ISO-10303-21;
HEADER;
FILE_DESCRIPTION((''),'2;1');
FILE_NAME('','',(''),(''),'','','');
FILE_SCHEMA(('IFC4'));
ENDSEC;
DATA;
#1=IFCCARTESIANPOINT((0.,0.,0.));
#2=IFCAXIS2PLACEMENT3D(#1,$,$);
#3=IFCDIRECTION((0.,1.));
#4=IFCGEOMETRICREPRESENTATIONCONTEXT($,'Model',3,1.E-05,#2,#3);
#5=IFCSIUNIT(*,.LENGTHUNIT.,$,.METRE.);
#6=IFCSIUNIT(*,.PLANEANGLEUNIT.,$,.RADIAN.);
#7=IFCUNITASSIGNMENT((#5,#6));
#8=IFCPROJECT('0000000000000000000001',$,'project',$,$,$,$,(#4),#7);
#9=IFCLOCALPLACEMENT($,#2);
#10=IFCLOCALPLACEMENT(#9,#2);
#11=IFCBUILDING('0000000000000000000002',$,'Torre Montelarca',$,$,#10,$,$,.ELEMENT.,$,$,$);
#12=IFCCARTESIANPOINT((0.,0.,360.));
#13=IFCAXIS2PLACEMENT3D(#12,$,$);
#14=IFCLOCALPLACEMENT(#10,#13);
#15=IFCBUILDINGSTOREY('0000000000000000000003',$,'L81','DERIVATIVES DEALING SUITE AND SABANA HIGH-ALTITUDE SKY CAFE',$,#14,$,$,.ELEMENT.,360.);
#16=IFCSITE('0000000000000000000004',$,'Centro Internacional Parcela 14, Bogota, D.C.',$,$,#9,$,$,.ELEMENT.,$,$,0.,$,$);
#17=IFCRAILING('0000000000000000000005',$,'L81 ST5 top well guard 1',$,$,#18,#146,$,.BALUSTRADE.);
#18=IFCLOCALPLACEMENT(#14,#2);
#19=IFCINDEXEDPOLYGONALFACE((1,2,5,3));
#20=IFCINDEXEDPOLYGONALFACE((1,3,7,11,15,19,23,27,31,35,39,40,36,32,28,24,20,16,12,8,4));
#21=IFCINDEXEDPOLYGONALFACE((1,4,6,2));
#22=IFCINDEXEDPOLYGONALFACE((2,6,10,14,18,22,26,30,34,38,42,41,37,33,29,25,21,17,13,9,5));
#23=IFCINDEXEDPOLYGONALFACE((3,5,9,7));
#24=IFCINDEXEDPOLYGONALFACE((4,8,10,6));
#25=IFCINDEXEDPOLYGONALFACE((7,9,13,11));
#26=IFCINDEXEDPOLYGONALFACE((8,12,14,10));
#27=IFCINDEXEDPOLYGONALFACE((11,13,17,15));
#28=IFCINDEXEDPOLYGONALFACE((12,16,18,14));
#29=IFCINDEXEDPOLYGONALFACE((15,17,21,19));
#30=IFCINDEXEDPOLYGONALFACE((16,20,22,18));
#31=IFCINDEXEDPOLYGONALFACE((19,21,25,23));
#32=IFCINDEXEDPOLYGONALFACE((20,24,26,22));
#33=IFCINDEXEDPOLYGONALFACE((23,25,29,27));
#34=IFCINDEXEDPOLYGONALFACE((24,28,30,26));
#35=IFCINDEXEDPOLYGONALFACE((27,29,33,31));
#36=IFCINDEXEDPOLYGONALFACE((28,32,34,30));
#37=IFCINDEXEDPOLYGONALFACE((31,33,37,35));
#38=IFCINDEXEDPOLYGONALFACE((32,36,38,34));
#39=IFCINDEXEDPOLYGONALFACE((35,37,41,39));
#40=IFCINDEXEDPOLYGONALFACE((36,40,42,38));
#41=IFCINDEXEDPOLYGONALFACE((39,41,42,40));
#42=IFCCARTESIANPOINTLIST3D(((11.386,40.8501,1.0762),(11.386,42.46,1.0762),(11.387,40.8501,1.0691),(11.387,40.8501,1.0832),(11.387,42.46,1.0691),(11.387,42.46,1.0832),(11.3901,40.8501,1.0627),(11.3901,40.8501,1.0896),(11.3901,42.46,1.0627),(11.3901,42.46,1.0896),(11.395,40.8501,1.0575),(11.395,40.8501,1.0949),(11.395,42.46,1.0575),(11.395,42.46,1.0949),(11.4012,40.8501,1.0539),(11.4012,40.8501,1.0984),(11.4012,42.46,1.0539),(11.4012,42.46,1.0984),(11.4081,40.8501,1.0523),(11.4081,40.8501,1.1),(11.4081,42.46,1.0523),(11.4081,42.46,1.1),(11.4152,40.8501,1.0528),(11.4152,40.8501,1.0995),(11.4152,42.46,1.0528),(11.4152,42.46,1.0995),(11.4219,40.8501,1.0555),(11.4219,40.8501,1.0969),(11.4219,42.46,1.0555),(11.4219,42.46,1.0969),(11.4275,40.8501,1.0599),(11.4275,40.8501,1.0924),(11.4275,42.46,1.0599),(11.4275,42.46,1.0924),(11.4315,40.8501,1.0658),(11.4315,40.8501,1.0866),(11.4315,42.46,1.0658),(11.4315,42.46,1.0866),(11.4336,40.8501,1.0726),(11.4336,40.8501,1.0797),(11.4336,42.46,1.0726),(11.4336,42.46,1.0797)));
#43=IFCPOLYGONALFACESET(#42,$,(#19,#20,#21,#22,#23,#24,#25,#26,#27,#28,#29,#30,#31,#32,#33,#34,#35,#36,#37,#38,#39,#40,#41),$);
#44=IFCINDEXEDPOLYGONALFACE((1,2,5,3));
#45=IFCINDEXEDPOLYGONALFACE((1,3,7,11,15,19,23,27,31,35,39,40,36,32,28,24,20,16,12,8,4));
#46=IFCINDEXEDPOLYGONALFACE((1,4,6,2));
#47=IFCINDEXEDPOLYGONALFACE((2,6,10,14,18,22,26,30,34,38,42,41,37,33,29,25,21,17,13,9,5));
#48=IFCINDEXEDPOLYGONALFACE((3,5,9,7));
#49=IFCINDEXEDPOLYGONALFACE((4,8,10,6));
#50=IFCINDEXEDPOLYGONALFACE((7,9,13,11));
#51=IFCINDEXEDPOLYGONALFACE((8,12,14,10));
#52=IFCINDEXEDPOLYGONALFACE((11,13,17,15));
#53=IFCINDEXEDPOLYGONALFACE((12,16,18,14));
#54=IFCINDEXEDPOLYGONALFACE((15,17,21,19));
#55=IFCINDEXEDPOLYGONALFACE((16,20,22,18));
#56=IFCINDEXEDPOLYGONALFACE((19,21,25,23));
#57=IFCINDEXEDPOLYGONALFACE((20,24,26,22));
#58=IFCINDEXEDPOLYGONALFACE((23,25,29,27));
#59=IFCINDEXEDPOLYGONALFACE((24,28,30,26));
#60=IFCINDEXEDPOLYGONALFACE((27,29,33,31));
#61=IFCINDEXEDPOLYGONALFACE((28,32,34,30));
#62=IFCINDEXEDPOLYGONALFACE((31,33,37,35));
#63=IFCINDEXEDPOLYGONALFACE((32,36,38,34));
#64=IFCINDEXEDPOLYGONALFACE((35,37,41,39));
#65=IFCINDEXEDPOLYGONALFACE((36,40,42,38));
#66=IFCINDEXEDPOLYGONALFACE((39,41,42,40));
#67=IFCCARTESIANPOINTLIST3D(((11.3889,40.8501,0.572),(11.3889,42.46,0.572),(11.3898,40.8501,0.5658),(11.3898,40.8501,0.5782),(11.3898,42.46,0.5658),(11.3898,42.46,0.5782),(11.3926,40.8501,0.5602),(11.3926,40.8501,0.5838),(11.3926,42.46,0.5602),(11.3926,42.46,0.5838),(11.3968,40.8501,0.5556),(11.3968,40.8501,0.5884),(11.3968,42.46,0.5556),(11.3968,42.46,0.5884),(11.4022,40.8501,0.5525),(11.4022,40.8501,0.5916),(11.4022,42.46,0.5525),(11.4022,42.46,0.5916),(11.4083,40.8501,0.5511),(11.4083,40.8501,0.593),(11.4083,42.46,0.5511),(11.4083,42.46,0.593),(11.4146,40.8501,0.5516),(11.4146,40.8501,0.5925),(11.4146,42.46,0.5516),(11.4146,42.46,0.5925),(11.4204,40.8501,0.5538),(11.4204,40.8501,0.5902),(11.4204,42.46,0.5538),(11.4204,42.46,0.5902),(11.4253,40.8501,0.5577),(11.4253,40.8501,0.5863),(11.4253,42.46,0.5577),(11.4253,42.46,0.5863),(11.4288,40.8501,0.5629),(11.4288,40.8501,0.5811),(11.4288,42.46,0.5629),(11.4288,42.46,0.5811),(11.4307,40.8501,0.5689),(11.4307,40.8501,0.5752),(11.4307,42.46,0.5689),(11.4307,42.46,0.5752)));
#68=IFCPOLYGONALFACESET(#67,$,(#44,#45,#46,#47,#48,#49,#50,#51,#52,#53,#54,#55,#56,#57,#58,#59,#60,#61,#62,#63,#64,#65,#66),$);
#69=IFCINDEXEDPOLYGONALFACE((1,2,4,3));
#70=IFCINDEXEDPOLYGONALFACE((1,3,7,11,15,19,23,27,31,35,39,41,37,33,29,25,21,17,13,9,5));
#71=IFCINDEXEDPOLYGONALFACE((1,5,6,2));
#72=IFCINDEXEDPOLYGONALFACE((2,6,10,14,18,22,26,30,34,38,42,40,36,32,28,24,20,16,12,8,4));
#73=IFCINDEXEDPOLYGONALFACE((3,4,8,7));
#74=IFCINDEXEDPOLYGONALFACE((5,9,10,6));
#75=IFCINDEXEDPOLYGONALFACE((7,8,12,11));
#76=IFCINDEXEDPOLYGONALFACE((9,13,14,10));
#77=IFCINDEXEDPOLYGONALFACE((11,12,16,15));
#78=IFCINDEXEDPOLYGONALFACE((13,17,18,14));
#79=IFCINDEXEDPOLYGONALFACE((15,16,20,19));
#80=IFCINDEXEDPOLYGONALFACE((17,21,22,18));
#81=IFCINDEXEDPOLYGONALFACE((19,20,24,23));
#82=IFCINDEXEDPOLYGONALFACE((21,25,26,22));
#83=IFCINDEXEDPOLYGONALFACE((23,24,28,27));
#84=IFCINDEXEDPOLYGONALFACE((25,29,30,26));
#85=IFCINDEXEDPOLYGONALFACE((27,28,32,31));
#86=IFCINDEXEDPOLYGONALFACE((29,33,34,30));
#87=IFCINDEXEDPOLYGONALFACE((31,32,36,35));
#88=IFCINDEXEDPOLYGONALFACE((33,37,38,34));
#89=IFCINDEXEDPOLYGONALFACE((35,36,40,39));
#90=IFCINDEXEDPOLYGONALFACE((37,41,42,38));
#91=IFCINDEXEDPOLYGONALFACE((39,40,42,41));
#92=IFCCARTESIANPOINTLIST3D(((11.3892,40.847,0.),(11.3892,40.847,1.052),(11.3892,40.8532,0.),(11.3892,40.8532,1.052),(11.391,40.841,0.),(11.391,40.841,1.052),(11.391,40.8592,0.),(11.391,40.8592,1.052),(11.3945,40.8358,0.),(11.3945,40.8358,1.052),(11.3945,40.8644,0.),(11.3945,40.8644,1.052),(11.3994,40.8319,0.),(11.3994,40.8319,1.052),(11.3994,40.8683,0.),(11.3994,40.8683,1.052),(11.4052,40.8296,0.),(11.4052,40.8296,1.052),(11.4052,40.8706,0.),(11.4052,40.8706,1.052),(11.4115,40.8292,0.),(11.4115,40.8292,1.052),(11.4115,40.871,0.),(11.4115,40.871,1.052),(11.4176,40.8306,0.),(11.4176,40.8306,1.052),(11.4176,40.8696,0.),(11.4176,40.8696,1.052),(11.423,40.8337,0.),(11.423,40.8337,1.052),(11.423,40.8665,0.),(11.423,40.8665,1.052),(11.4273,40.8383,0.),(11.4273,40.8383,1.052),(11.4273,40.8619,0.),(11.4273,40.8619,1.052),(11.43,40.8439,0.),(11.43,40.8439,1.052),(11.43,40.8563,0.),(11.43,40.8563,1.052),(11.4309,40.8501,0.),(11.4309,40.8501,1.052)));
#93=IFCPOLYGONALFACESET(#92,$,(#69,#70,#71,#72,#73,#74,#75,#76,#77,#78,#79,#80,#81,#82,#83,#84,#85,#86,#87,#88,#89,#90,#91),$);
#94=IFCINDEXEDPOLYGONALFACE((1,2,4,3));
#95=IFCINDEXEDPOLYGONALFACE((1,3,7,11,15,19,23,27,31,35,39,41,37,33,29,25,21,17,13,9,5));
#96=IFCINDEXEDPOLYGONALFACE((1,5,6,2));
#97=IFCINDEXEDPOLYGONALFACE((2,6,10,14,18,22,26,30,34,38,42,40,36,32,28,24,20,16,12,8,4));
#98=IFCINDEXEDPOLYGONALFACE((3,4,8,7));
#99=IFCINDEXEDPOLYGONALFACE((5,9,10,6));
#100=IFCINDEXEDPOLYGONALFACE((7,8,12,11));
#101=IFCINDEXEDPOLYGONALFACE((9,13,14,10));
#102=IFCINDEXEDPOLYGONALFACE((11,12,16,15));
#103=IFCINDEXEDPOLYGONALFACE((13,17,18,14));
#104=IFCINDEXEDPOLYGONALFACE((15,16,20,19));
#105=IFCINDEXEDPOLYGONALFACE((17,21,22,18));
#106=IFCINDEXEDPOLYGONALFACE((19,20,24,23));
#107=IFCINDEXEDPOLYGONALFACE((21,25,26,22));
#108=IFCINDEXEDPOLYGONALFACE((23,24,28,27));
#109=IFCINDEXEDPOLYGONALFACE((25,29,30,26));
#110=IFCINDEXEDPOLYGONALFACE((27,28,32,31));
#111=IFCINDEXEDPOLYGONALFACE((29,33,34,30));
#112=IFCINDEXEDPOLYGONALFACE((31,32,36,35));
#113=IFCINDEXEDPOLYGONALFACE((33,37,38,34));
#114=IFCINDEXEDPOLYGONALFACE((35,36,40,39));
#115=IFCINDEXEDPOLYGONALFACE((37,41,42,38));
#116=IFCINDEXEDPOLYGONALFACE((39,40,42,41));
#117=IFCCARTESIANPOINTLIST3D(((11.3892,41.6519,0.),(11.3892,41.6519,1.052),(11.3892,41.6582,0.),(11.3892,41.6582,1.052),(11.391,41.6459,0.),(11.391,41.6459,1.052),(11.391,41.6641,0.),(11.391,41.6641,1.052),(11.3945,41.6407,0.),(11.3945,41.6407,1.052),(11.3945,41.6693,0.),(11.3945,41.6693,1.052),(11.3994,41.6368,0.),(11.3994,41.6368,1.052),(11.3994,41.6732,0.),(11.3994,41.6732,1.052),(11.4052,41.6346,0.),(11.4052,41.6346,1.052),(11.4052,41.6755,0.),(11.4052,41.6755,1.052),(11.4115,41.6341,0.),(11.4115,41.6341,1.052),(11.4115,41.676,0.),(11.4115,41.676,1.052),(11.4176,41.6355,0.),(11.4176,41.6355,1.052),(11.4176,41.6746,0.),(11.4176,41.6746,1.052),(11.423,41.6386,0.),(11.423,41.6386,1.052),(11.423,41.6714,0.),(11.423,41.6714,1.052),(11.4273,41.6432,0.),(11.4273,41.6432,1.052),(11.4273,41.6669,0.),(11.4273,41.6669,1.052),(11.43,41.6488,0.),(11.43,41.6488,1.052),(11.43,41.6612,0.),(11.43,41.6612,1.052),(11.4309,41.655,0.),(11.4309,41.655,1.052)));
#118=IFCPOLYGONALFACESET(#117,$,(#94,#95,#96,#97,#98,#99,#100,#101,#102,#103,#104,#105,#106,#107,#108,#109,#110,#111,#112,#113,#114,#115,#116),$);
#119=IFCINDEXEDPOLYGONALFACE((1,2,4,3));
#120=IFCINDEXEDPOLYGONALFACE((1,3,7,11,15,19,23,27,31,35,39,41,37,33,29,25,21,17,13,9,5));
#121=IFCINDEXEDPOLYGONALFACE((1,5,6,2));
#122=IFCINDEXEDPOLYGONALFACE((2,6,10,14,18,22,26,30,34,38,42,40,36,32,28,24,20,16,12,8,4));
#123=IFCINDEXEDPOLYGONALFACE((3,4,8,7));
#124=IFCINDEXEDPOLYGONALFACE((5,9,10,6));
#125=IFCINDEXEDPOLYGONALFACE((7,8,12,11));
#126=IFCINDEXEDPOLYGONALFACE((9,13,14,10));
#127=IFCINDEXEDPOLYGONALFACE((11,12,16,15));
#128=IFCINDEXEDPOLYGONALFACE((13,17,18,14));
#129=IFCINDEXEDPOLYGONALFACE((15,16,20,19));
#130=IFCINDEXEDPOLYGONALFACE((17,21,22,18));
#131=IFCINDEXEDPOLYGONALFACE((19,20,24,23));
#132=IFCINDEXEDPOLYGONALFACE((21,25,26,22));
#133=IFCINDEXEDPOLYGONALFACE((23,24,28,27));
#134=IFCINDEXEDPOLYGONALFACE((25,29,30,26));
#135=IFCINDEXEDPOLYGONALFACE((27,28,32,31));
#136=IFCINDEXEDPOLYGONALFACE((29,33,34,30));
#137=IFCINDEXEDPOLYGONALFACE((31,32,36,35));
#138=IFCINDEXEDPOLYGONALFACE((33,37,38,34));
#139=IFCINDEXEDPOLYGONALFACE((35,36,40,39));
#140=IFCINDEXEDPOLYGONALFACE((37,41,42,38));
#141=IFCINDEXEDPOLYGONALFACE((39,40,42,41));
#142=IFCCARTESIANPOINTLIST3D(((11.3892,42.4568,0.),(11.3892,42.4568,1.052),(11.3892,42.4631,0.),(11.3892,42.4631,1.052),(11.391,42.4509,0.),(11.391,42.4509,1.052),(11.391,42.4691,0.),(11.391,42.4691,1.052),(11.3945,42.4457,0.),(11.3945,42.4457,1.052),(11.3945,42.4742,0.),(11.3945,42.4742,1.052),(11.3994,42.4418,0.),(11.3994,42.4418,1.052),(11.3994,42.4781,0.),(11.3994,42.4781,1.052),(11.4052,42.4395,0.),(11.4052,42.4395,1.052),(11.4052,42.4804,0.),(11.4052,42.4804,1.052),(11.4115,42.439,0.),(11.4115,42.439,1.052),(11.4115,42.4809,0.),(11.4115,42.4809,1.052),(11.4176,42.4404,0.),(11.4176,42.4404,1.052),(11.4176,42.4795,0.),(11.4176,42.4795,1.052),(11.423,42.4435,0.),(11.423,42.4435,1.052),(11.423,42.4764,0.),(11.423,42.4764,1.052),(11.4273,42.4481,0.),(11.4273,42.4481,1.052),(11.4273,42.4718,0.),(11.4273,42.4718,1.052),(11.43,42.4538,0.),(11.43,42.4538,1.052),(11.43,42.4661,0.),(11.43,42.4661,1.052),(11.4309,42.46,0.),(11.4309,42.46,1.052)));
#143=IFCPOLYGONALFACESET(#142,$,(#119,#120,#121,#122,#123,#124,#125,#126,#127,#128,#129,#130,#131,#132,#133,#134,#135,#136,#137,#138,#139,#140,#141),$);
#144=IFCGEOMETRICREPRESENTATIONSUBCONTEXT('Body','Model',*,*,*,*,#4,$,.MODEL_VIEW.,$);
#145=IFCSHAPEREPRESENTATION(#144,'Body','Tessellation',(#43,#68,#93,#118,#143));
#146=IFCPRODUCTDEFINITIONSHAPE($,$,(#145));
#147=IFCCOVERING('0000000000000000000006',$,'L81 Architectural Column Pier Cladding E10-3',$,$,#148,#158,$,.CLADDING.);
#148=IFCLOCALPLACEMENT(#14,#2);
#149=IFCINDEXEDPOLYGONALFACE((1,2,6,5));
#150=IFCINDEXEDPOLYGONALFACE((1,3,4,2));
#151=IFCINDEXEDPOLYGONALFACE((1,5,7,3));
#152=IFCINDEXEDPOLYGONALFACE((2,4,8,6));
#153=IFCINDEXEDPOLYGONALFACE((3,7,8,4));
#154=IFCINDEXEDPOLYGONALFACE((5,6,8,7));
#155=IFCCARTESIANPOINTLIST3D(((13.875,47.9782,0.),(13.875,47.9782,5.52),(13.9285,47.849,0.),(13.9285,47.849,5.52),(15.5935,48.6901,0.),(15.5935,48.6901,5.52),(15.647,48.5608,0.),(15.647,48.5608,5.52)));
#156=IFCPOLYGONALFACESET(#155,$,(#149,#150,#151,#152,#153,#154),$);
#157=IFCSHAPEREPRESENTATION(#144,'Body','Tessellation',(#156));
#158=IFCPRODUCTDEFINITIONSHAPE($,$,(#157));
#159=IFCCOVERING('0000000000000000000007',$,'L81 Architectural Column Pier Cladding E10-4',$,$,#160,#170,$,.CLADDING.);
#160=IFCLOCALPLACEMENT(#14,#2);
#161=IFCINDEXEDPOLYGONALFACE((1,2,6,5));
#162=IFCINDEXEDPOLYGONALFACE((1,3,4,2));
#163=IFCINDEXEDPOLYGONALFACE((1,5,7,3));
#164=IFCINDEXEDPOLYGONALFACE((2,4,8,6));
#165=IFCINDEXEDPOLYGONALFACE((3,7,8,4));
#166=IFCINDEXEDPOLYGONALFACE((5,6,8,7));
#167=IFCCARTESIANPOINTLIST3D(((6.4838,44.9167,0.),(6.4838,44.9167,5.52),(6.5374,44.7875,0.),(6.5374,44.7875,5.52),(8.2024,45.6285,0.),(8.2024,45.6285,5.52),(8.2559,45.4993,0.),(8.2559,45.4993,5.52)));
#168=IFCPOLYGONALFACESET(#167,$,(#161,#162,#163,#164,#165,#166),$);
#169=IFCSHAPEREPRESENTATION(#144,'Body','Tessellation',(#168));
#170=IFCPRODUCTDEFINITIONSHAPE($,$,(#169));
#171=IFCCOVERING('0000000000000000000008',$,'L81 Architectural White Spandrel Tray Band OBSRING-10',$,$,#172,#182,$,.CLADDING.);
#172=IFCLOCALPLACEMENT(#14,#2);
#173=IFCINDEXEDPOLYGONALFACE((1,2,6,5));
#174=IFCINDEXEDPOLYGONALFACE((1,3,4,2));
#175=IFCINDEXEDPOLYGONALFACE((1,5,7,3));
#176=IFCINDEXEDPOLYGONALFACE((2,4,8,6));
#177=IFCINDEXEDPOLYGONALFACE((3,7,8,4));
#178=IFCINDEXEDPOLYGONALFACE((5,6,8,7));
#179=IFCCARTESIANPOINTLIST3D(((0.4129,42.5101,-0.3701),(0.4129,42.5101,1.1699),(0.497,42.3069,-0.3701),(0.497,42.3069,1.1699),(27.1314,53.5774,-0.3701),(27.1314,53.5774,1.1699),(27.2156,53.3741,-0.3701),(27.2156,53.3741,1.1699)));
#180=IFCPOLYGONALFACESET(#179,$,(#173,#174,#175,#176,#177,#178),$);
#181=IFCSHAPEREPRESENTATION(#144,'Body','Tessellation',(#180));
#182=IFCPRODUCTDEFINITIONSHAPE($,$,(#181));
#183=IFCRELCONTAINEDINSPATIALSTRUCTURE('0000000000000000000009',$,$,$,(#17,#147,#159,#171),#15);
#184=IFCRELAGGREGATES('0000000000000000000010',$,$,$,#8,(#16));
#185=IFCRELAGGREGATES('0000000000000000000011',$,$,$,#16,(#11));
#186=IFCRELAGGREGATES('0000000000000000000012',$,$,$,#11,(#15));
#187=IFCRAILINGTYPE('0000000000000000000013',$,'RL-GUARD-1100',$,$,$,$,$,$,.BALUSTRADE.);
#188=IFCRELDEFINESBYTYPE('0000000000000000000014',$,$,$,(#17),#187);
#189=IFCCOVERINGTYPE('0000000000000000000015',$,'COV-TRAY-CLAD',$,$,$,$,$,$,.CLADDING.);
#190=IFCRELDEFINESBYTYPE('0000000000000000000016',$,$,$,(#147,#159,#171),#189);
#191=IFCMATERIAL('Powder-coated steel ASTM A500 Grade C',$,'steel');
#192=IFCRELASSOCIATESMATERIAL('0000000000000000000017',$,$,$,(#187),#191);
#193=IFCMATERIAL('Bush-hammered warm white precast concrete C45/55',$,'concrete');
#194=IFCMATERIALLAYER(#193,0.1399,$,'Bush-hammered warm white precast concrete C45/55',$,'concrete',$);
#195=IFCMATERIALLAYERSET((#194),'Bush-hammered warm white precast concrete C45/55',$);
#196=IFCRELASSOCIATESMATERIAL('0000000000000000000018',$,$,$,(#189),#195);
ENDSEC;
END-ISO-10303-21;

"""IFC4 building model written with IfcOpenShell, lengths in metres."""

from ifc_helpers import new_model, si_unit, direction, frame, origin, origin_2d, place, context, subcontext, project, spatial, rectangle, circle, extrude, source, transform, mapped, material, layer, layer_set, type_object, element, save


model = new_model("IFC4")

# Units and contexts
model_context = context("Model", 3, precision=1e-05, world=origin(), true_north=direction((0.0, 1.0)))
body_context = subcontext(model_context, "Body", "Model", "MODEL_VIEW")
ifc_project = project(units=[si_unit("LENGTHUNIT", "METRE"), si_unit("PLANEANGLEUNIT", "RADIAN")], contexts=[model_context])

# Site, building, storey
site_placement = place(None, origin())
site = spatial("IfcSite", under=ifc_project, at=site_placement, Name="Centro Internacional Parcela 14, Bogota, D.C.", CompositionType="ELEMENT", RefElevation=0.0)
building_placement = place(site_placement, origin())
building = spatial("IfcBuilding", under=site, at=building_placement, Name="Torre Montelarca", CompositionType="ELEMENT")
storey_placement = place(building_placement, frame((0.0, 0.0, 360.0)))
storey = spatial("IfcBuildingStorey", under=building, at=storey_placement, Name="L81", Description="DERIVATIVES DEALING SUITE AND SABANA HIGH-ALTITUDE SKY CAFE", CompositionType="ELEMENT", Elevation=360.0)

# Railing
ifc_material_1 = material(Name="Powder-coated steel ASTM A500 Grade C", Category="steel")
railing_type = type_object("IfcRailingType", Name="RL-GUARD-1100", PredefinedType="BALUSTRADE", material=ifc_material_1)
railing_placement = place(storey_placement, frame((11.4099, 40.8501, 0.0)))
element("IfcRailing", 1, at=railing_placement, inside=storey, type_object=railing_type, Name="L81 ST5 top well guard 1", PredefinedType="BALUSTRADE", context=body_context, shape_type="SweptSolid", body=[
    extrude(circle(Radius=0.0239, at=origin_2d()), frame((0.0, 0.0, 1.0762), z_axis=(0.0, 1.0, 0.0), x_axis=(-1.0, 0.0, 0.0)), (0.0, 0.0, 1.0), 1.6099),
    extrude(circle(Radius=0.021, at=origin_2d()), frame((0.0, 0.0, 0.572), z_axis=(0.0, 1.0, 0.0), x_axis=(-1.0, 0.0, 0.0)), (0.0, 0.0, 1.0), 1.6099),
    extrude(circle(Radius=0.021, at=origin_2d()), origin(), (0.0, 0.0, 1.0), 1.052),
    extrude(circle(Radius=0.021, at=origin_2d()), frame((0.0, 0.8049, 0.0)), (0.0, 0.0, 1.0), 1.052),
    extrude(circle(Radius=0.021, at=origin_2d()), frame((0.0, 1.6099, 0.0)), (0.0, 0.0, 1.0), 1.052),
])

# Coverings
ifc_material_2 = material(Name="Bush-hammered warm white precast concrete C45/55", Category="concrete")
ifc_layer_1 = layer(ifc_material_2, 0.1399, Name="Bush-hammered warm white precast concrete C45/55", Category="concrete")
ifc_layer_set_1 = layer_set([ifc_layer_1], Name="Bush-hammered warm white precast concrete C45/55")
covering_type = type_object("IfcCoveringType", Name="COV-TRAY-CLAD", PredefinedType="CLADDING", material=ifc_layer_set_1)
shared_shape_1 = source(origin(), body_context, "Body", "SweptSolid", [
    extrude(rectangle(XDim=1.8601, YDim=0.1399, at=origin_2d()), origin(), (0.0, 0.0, 1.0), 5.52),
])
for number, where, z_axis, x_axis, name in (
    (2, (14.761, 48.2695, 0.0), (0.0, 0.0, 1.0), (-0.923879, -0.382685, 0.0), "L81 Architectural Column Pier Cladding E10-3"),
    (3, (7.3699, 45.208, 0.0), (0.0, 0.0, 1.0), (-0.923879, -0.382685, 0.0), "L81 Architectural Column Pier Cladding E10-4"),
):
    element("IfcCovering", number, at=place(storey_placement, frame(where, z_axis=z_axis, x_axis=x_axis)), inside=storey, type_object=covering_type, Name=name, PredefinedType="CLADDING", context=body_context, shape_type="MappedRepresentation", body=[
        mapped(shared_shape_1, transform((0.0, 0.0, 0.0), scale=1.0)),
    ])
shared_shape_2 = source(origin(), body_context, "Body", "SweptSolid", [
    extrude(rectangle(XDim=28.9199, YDim=0.22, at=origin_2d()), origin(), (0.0, 0.0, 1.0), 1.54),
])
covering_placement = place(storey_placement, frame((13.8142, 47.9421, -0.3701), z_axis=(0.0, 0.0, 1.0), x_axis=(-0.923879, -0.382685, 0.0)))
element("IfcCovering", 4, at=covering_placement, inside=storey, type_object=covering_type, Name="L81 Architectural White Spandrel Tray Band OBSRING-10", PredefinedType="CLADDING", context=body_context, shape_type="MappedRepresentation", body=[
    mapped(shared_shape_2, transform((0.0, 0.0, 0.0), scale=1.0)),
])

save(model, "model.ifc")
